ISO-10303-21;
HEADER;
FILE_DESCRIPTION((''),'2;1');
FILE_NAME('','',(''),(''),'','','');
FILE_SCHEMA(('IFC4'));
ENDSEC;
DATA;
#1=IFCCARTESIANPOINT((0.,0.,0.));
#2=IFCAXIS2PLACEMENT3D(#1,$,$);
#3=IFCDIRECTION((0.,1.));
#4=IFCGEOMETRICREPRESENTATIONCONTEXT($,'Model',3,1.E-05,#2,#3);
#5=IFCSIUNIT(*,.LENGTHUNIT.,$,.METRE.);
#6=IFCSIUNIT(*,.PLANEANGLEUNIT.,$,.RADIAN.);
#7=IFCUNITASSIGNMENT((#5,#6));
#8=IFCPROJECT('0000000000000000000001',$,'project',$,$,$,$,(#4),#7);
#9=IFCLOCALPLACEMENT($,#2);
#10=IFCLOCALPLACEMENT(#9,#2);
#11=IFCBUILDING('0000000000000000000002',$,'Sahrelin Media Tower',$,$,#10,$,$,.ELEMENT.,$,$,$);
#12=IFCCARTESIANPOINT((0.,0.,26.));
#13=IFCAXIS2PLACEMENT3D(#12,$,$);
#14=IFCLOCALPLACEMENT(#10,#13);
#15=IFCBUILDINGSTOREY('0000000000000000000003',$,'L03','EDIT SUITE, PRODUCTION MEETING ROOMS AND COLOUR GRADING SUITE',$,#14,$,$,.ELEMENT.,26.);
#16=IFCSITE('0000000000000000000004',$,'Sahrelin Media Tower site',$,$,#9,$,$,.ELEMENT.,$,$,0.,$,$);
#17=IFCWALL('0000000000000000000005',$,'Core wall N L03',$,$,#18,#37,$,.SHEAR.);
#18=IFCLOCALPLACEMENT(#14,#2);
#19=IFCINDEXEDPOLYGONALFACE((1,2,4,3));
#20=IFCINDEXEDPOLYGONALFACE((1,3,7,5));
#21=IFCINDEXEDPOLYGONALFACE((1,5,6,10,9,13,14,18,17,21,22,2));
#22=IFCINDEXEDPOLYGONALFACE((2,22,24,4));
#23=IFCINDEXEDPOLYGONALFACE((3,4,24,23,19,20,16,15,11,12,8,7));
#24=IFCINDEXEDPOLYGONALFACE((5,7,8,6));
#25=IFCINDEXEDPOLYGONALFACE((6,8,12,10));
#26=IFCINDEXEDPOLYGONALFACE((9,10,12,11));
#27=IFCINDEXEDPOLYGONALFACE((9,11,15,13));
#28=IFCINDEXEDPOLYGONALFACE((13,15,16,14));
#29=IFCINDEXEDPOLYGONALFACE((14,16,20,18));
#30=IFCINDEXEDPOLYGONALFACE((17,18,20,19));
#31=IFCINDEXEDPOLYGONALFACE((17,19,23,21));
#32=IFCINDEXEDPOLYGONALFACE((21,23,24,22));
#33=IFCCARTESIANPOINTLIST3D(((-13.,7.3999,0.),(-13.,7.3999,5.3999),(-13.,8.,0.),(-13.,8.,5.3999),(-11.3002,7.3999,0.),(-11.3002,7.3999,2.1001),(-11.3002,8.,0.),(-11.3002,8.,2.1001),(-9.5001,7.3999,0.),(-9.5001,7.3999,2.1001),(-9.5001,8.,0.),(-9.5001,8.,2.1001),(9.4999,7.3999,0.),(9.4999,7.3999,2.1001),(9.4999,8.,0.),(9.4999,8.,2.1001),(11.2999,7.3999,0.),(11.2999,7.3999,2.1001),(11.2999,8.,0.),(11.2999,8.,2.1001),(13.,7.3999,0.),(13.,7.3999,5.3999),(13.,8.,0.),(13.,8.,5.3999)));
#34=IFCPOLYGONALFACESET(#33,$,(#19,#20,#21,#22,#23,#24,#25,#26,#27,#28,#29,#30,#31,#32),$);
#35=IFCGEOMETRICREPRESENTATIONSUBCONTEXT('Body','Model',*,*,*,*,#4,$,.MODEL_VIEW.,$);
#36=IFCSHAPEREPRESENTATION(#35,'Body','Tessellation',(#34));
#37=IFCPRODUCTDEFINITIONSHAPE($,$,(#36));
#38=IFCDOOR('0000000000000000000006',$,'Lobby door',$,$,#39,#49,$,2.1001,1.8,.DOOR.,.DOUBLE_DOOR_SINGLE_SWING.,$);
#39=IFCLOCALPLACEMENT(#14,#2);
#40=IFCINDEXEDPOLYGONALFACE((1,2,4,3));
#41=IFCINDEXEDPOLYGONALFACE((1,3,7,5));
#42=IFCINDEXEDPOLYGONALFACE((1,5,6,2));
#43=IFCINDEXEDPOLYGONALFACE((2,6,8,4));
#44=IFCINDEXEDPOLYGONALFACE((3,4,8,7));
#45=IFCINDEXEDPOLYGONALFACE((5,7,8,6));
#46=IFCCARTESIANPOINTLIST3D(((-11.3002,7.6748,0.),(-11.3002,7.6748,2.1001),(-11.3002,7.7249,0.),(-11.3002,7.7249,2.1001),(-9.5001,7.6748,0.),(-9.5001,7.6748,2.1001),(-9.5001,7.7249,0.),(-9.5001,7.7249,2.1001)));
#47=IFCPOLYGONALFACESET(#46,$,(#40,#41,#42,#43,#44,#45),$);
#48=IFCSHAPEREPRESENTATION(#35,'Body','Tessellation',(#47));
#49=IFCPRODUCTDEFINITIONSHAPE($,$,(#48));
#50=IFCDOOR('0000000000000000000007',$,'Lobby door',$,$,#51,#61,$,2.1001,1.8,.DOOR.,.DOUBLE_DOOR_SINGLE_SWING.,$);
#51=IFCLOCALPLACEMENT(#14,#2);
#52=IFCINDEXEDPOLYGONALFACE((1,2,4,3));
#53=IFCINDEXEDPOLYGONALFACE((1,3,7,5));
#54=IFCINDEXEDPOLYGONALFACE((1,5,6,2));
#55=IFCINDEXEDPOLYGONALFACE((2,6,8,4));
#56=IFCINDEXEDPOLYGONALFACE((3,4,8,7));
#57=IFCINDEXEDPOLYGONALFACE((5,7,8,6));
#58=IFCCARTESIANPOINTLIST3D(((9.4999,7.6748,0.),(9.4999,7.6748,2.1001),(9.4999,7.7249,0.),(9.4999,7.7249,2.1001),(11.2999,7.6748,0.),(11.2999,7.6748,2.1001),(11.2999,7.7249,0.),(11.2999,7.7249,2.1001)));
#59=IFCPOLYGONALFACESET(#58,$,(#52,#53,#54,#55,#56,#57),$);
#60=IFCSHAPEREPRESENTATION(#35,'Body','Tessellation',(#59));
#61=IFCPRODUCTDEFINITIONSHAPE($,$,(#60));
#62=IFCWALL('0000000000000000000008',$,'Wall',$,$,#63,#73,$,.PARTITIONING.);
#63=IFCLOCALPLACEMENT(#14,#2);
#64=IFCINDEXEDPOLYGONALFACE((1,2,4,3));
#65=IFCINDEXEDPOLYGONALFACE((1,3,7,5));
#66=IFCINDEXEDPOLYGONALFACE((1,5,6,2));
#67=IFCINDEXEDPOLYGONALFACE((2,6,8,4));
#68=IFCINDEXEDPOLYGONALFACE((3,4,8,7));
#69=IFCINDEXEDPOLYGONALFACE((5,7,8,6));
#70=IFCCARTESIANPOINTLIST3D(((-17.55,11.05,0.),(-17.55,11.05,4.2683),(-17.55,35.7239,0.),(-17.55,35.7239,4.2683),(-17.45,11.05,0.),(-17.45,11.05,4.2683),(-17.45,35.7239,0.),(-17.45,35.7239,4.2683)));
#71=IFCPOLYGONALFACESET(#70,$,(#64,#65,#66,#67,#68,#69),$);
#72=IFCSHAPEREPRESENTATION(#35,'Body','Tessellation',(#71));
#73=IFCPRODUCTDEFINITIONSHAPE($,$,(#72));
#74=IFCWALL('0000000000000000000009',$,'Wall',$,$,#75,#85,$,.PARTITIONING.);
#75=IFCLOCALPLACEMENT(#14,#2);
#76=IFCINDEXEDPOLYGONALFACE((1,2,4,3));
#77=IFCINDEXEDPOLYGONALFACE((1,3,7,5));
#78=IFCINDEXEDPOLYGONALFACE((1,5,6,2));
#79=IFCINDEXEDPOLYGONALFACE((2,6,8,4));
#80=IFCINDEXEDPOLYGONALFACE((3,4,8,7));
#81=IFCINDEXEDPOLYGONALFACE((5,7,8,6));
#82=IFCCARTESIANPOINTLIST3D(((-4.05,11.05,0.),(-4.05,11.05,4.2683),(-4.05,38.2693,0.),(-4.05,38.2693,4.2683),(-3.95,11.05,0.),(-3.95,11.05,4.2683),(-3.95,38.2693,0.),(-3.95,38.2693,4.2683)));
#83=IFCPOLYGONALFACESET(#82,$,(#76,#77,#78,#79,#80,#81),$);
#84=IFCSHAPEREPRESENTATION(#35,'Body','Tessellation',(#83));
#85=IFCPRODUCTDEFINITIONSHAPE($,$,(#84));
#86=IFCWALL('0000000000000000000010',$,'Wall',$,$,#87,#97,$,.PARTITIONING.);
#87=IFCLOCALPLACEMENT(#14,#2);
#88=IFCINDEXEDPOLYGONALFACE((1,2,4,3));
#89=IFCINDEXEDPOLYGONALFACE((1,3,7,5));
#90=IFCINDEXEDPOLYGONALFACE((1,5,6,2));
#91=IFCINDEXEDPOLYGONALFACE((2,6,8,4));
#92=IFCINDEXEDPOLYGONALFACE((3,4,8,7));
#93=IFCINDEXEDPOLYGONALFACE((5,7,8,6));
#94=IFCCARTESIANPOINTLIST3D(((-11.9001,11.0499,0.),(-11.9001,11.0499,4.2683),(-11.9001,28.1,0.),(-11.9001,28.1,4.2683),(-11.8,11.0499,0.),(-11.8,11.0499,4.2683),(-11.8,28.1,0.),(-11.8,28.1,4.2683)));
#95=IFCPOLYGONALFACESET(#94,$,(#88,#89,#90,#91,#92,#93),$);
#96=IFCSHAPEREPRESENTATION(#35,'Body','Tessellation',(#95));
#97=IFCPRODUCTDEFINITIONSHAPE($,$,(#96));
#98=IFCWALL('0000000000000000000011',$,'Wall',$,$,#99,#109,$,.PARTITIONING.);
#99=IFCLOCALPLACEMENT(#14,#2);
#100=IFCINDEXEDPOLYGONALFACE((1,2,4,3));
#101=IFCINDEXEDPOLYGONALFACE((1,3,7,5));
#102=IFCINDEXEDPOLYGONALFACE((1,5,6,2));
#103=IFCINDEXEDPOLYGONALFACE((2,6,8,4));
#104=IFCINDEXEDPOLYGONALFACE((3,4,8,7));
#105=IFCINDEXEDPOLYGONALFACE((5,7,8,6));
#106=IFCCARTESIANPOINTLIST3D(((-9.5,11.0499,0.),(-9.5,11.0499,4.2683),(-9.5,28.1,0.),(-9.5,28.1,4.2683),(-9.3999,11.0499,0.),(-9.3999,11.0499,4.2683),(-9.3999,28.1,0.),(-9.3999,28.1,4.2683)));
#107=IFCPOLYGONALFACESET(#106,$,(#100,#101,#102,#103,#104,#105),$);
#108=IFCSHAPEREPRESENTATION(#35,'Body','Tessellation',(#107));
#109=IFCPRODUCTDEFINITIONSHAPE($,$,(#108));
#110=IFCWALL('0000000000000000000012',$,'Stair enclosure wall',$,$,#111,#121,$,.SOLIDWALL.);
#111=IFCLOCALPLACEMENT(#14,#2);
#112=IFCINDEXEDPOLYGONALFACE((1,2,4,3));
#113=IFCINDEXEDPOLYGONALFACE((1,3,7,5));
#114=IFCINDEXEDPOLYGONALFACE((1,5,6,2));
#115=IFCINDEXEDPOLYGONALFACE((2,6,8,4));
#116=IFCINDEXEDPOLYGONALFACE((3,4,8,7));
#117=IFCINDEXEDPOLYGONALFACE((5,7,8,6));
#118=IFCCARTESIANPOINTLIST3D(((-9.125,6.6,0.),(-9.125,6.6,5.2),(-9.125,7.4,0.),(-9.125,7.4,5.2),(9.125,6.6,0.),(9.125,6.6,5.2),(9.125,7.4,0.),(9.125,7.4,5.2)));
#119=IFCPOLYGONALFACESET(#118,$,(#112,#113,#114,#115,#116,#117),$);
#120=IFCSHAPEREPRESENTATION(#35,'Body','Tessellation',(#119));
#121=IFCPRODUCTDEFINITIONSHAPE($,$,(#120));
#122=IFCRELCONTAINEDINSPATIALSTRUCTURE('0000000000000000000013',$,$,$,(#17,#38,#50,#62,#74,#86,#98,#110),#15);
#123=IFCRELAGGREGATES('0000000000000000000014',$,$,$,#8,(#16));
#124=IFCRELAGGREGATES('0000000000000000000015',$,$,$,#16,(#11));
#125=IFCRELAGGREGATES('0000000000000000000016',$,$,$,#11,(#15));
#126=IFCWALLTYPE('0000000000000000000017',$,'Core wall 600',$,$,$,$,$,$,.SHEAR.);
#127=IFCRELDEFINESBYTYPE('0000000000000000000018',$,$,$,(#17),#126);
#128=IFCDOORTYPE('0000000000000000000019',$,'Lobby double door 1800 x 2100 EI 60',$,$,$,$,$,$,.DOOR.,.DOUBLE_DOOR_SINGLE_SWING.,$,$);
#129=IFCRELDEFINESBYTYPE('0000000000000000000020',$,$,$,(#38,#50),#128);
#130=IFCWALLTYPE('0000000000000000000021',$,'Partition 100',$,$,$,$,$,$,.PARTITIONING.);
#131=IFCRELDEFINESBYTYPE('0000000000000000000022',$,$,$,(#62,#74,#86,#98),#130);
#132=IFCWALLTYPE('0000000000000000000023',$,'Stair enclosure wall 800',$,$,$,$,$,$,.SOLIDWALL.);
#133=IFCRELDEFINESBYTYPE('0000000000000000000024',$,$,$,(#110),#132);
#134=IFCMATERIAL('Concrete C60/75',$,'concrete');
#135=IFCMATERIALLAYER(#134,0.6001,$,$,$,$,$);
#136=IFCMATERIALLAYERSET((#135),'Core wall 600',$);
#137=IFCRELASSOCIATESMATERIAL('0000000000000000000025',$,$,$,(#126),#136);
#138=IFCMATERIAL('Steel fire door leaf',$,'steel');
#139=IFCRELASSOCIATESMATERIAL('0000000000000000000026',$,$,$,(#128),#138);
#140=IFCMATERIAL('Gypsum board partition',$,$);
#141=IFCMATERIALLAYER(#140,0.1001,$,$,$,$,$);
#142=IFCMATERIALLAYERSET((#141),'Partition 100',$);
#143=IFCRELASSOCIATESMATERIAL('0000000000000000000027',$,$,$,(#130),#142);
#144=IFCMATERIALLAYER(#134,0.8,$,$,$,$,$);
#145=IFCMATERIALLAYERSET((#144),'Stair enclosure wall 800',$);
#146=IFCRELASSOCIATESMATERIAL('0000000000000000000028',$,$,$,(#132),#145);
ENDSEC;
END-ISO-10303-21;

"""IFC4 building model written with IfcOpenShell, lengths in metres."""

from ifc_helpers import new_model, si_unit, direction, frame, frame_2d, origin, place, context, subcontext, project, spatial, rectangle, extrude, material, layer, layer_set, type_object, element, fill, save


model = new_model("IFC4")

# Units and contexts
model_context = context("Model", 3, precision=1e-05, world=origin(), true_north=direction((0.0, 1.0)))
body_context = subcontext(model_context, "Body", "Model", "MODEL_VIEW")
ifc_project = project(units=[si_unit("LENGTHUNIT", "METRE"), si_unit("PLANEANGLEUNIT", "RADIAN")], contexts=[model_context])

# Site, building, storey
site_placement = place(None, origin())
site = spatial("IfcSite", under=ifc_project, at=site_placement, Name="Sahrelin Media Tower site", CompositionType="ELEMENT", RefElevation=0.0)
building_placement = place(site_placement, origin())
building = spatial("IfcBuilding", under=site, at=building_placement, Name="Sahrelin Media Tower", CompositionType="ELEMENT")
storey_placement = place(building_placement, frame((0.0, 0.0, 26.0)))
storey = spatial("IfcBuildingStorey", under=building, at=storey_placement, Name="L03", Description="EDIT SUITE, PRODUCTION MEETING ROOMS AND COLOUR GRADING SUITE", CompositionType="ELEMENT", Elevation=26.0)

# Wall, openings, doors
ifc_material_1 = material(Name="Concrete C60/75", Category="concrete")
ifc_layer_1 = layer(ifc_material_1, 0.6001)
ifc_layer_set_1 = layer_set([ifc_layer_1], Name="Core wall 600")
wall_type_1 = type_object("IfcWallType", Name="Core wall 600", PredefinedType="SHEAR", material=ifc_layer_set_1)
wall_1_placement = place(storey_placement, frame((-13.0, 7.7, 0.0), z_axis=(0.0, 0.0, 1.0), x_axis=(1.0, 0.0, 0.0)))
wall_1 = element("IfcWall", 1, at=wall_1_placement, inside=storey, type_object=wall_type_1, Name="Core wall N L03", PredefinedType="SHEAR", context=body_context, shape_type="SweptSolid", body=[
    extrude(rectangle(XDim=26.0, YDim=0.6001, at=frame_2d((13.0, 0.0))), origin(), (0.0, 0.0, 1.0), 5.3999),
])
opening_1_placement = place(wall_1_placement, frame((1.7, 0.0, 0.0)))
opening_1 = element("IfcOpeningElement", 2, at=opening_1_placement, cuts=wall_1, PredefinedType="OPENING", context=body_context, shape_type="SweptSolid", body=[
    extrude(rectangle(XDim=1.8, YDim=2.1001, at=frame_2d((0.8999, 1.05))), frame((0.0, 0.3, 0.0), z_axis=(0.0, -1.0, 0.0), x_axis=(1.0, 0.0, 0.0)), (0.0, 0.0, 1.0), 0.6001),
])
opening_2_placement = place(wall_1_placement, frame((22.5, 0.0, 0.0)))
opening_2 = element("IfcOpeningElement", 3, at=opening_2_placement, cuts=wall_1, PredefinedType="OPENING", context=body_context, shape_type="SweptSolid", body=[
    extrude(rectangle(XDim=1.8, YDim=2.1001, at=frame_2d((0.8999, 1.05))), frame((0.0, 0.3, 0.0), z_axis=(0.0, -1.0, 0.0), x_axis=(1.0, 0.0, 0.0)), (0.0, 0.0, 1.0), 0.6001),
])
ifc_material_2 = material(Name="Steel fire door leaf", Category="steel")
door_type = type_object("IfcDoorType", Name="Lobby double door 1800 x 2100 EI 60", OperationType="DOUBLE_DOOR_SINGLE_SWING", PredefinedType="DOOR", material=ifc_material_2)
door_1_placement = place(opening_1_placement, origin())
door_1 = element("IfcDoor", 4, at=door_1_placement, inside=storey, type_object=door_type, Name="Lobby door", OperationType="DOUBLE_DOOR_SINGLE_SWING", OverallHeight=2.1001, OverallWidth=1.8, PredefinedType="DOOR", context=body_context, shape_type="SweptSolid", body=[
    extrude(rectangle(XDim=1.8, YDim=2.1001, at=frame_2d((0.8999, 1.05))), frame((0.0, 0.0249, 0.0), z_axis=(0.0, -1.0, 0.0), x_axis=(1.0, 0.0, 0.0)), (0.0, 0.0, 1.0), 0.05),
])
fill(opening_1, door_1)
door_2_placement = place(opening_2_placement, origin())
door_2 = element("IfcDoor", 5, at=door_2_placement, inside=storey, type_object=door_type, Name="Lobby door", OperationType="DOUBLE_DOOR_SINGLE_SWING", OverallHeight=2.1001, OverallWidth=1.8, PredefinedType="DOOR", context=body_context, shape_type="SweptSolid", body=[
    extrude(rectangle(XDim=1.8, YDim=2.1001, at=frame_2d((0.8999, 1.05))), frame((0.0, 0.0249, 0.0), z_axis=(0.0, -1.0, 0.0), x_axis=(1.0, 0.0, 0.0)), (0.0, 0.0, 1.0), 0.05),
])
fill(opening_2, door_2)

# Walls
ifc_material_3 = material(Name="Gypsum board partition")
ifc_layer_2 = layer(ifc_material_3, 0.1001)
ifc_layer_set_2 = layer_set([ifc_layer_2], Name="Partition 100")
wall_type_2 = type_object("IfcWallType", Name="Partition 100", PredefinedType="PARTITIONING", material=ifc_layer_set_2)
wall_2_placement = place(storey_placement, frame((-17.5, 11.05, 0.0), z_axis=(0.0, 0.0, 1.0), x_axis=(0.0, 1.0, 0.0)))
element("IfcWall", 6, at=wall_2_placement, inside=storey, type_object=wall_type_2, Name="Wall", PredefinedType="PARTITIONING", context=body_context, shape_type="SweptSolid", body=[
    extrude(rectangle(XDim=24.6738, YDim=0.1001, at=frame_2d((12.3369, 0.0))), origin(), (0.0, 0.0, 1.0), 4.2683),
])
wall_3_placement = place(storey_placement, frame((-4.0, 11.05, 0.0), z_axis=(0.0, 0.0, 1.0), x_axis=(0.0, 1.0, 0.0)))
element("IfcWall", 7, at=wall_3_placement, inside=storey, type_object=wall_type_2, Name="Wall", PredefinedType="PARTITIONING", context=body_context, shape_type="SweptSolid", body=[
    extrude(rectangle(XDim=27.2192, YDim=0.1001, at=frame_2d((13.6096, 0.0))), origin(), (0.0, 0.0, 1.0), 4.2683),
])
for number, where, z_axis, x_axis, name in (
    (8, (-11.8501, 11.05, 0.0), (0.0, 0.0, 1.0), (0.0, 1.0, 0.0), "Wall"),
    (9, (-9.45, 11.05, 0.0), (0.0, 0.0, 1.0), (0.0, 1.0, 0.0), "Wall"),
):
    element("IfcWall", number, at=place(storey_placement, frame(where, z_axis=z_axis, x_axis=x_axis)), inside=storey, type_object=wall_type_2, Name=name, PredefinedType="PARTITIONING", context=body_context, shape_type="SweptSolid", body=[
        extrude(rectangle(XDim=17.05, YDim=0.1001, at=frame_2d((8.5249, 0.0))), origin(), (0.0, 0.0, 1.0), 4.2683),
    ])
ifc_layer_3 = layer(ifc_material_1, 0.8)
ifc_layer_set_3 = layer_set([ifc_layer_3], Name="Stair enclosure wall 800")
wall_type_3 = type_object("IfcWallType", Name="Stair enclosure wall 800", PredefinedType="SOLIDWALL", material=ifc_layer_set_3)
wall_4_placement = place(storey_placement, frame((-9.125, 7.0, 0.0), z_axis=(0.0, 0.0, 1.0), x_axis=(1.0, 0.0, 0.0)))
element("IfcWall", 10, at=wall_4_placement, inside=storey, type_object=wall_type_3, Name="Stair enclosure wall", PredefinedType="SOLIDWALL", context=body_context, shape_type="SweptSolid", body=[
    extrude(rectangle(XDim=18.25, YDim=0.8, at=frame_2d((9.125, 0.0))), origin(), (0.0, 0.0, 1.0), 5.2),
])

save(model, "model.ifc")
